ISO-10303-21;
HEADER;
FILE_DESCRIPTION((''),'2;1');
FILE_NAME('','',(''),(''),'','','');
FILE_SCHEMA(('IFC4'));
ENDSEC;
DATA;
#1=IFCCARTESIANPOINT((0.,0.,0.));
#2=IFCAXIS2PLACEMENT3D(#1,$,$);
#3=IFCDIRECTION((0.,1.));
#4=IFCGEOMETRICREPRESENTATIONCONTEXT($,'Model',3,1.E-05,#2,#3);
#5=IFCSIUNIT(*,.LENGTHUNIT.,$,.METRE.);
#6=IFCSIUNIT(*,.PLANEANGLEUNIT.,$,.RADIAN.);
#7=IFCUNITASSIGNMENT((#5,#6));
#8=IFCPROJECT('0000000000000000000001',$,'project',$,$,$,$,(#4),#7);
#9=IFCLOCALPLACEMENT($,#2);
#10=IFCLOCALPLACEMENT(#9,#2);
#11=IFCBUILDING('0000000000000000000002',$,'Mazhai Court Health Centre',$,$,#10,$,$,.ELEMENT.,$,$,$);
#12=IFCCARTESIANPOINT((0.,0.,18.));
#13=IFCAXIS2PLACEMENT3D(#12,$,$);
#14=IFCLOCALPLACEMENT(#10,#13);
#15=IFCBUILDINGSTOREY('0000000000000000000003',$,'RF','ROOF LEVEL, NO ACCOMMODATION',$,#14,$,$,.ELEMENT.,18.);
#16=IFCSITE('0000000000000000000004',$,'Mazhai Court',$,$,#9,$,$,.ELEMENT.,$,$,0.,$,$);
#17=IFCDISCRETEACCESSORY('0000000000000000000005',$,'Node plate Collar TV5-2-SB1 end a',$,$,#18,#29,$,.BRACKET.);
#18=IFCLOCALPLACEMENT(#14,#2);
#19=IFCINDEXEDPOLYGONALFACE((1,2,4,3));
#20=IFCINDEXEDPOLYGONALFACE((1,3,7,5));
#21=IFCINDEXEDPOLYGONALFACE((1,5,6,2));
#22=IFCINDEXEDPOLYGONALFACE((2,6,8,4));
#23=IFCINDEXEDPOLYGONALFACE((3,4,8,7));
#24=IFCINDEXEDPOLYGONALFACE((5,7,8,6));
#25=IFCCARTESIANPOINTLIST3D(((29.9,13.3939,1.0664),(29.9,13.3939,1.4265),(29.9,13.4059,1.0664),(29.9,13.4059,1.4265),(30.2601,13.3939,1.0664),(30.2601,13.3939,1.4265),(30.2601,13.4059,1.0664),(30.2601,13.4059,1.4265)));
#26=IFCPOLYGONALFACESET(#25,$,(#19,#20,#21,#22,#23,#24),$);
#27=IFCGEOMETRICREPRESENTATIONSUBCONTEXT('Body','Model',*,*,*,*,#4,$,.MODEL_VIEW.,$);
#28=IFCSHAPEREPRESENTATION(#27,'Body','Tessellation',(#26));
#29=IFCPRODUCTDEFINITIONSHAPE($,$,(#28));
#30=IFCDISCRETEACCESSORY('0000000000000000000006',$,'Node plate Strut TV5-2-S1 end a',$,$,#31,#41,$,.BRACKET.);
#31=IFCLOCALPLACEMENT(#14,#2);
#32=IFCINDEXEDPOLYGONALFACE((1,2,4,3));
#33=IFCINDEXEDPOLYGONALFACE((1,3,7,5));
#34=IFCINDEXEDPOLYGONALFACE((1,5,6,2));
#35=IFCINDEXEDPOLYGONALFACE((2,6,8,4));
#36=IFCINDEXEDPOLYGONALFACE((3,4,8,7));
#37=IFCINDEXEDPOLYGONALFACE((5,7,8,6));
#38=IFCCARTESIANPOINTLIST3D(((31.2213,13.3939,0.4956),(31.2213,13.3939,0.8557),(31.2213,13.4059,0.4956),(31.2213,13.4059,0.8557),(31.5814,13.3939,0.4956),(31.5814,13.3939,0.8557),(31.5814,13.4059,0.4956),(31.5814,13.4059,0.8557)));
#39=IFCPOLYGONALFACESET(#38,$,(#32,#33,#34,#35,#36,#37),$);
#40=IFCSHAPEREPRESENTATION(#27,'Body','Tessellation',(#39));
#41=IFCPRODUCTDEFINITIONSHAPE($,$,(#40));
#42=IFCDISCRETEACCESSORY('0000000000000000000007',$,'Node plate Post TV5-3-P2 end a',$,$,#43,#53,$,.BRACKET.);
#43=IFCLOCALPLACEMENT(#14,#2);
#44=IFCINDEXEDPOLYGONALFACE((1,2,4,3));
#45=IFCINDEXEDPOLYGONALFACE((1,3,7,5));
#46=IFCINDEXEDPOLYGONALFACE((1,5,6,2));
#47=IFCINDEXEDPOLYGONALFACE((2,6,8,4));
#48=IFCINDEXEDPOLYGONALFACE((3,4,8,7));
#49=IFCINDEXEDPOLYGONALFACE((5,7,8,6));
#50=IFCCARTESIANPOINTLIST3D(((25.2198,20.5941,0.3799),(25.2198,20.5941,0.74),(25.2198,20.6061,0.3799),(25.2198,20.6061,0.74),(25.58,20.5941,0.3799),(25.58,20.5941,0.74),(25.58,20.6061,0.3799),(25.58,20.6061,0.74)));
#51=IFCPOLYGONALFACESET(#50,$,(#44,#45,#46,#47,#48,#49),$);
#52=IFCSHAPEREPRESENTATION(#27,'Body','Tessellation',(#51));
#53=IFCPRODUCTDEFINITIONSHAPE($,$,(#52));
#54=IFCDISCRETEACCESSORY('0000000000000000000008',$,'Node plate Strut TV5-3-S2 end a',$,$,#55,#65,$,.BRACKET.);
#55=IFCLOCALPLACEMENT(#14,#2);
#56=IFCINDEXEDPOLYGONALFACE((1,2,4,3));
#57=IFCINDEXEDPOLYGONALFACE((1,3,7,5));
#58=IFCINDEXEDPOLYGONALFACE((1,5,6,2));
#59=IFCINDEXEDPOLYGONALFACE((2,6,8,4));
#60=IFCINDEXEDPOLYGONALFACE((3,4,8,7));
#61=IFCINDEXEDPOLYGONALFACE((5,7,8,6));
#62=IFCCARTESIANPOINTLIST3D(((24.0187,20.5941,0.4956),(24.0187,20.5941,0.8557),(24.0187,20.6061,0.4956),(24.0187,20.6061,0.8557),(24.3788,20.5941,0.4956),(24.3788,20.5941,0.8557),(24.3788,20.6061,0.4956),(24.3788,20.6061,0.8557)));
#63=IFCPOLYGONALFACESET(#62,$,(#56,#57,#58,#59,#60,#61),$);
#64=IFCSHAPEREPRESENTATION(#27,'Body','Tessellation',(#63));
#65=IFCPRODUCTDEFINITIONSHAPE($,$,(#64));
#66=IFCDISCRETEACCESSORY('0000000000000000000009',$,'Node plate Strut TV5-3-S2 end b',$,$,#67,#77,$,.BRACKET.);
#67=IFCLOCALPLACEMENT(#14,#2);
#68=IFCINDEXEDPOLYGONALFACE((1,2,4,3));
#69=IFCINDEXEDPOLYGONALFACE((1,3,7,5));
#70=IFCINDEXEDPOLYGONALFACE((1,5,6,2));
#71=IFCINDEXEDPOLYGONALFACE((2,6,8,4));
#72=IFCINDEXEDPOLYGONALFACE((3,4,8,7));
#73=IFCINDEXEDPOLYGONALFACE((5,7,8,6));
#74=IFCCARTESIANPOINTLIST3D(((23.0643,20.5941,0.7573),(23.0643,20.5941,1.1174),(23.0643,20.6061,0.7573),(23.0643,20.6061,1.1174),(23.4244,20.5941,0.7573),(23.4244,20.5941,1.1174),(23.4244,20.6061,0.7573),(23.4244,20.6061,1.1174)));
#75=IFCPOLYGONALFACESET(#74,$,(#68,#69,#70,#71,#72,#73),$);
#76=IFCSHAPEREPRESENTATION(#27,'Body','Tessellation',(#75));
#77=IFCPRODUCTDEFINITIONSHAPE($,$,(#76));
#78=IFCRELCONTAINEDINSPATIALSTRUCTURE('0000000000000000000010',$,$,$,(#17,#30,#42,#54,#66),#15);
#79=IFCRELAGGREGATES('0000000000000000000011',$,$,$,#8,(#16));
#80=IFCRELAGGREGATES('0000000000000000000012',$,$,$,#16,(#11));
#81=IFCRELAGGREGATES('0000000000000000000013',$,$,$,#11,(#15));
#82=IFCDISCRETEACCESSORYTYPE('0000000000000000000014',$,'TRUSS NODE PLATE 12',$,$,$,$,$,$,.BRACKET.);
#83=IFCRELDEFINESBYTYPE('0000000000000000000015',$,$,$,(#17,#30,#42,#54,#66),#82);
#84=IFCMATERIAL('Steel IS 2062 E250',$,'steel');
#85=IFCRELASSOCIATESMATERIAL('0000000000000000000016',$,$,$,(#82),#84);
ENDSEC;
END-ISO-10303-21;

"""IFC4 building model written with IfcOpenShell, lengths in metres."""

from ifc_helpers import new_model, si_unit, direction, frame, origin, origin_2d, place, context, subcontext, project, spatial, rectangle, extrude, material, type_object, element, save


model = new_model("IFC4")

# Units and contexts
model_context = context("Model", 3, precision=1e-05, world=origin(), true_north=direction((0.0, 1.0)))
body_context = subcontext(model_context, "Body", "Model", "MODEL_VIEW")
ifc_project = project(units=[si_unit("LENGTHUNIT", "METRE"), si_unit("PLANEANGLEUNIT", "RADIAN")], contexts=[model_context])

# Site, building, storey
site_placement = place(None, origin())
site = spatial("IfcSite", under=ifc_project, at=site_placement, Name="Mazhai Court", CompositionType="ELEMENT", RefElevation=0.0)
building_placement = place(site_placement, origin())
building = spatial("IfcBuilding", under=site, at=building_placement, Name="Mazhai Court Health Centre", CompositionType="ELEMENT")
storey_placement = place(building_placement, frame((0.0, 0.0, 18.0)))
storey = spatial("IfcBuildingStorey", under=building, at=storey_placement, Name="RF", Description="ROOF LEVEL, NO ACCOMMODATION", CompositionType="ELEMENT", Elevation=18.0)

# Discrete accessories
ifc_material_1 = material(Name="Steel IS 2062 E250", Category="steel")
discrete_accessory_type = type_object("IfcDiscreteAccessoryType", Name="TRUSS NODE PLATE 12", PredefinedType="BRACKET", material=ifc_material_1)
for number, where, z_axis, x_axis, name in (
    (1, (30.0801, 13.3999, 1.0664), (0.0, 0.0, 1.0), (1.0, 0.0, 0.0), "Node plate Collar TV5-2-SB1 end a"),
    (2, (31.4014, 13.3999, 0.4956), (0.0, 0.0, 1.0), (1.0, 0.0, 0.0), "Node plate Strut TV5-2-S1 end a"),
    (3, (25.3999, 20.6001, 0.3799), (0.0, 0.0, 1.0), (1.0, 0.0, 0.0), "Node plate Post TV5-3-P2 end a"),
    (4, (24.1987, 20.6001, 0.4956), (0.0, 0.0, 1.0), (1.0, 0.0, 0.0), "Node plate Strut TV5-3-S2 end a"),
    (5, (23.2444, 20.6001, 0.7573), (0.0, 0.0, 1.0), (1.0, 0.0, 0.0), "Node plate Strut TV5-3-S2 end b"),
):
    element("IfcDiscreteAccessory", number, at=place(storey_placement, frame(where, z_axis=z_axis, x_axis=x_axis)), inside=storey, type_object=discrete_accessory_type, Name=name, PredefinedType="BRACKET", context=body_context, shape_type="SweptSolid", body=[
        extrude(rectangle(XDim=0.3601, YDim=0.012, at=origin_2d()), origin(), (0.0, 0.0, 1.0), 0.3601),
    ])

save(model, "model.ifc")
